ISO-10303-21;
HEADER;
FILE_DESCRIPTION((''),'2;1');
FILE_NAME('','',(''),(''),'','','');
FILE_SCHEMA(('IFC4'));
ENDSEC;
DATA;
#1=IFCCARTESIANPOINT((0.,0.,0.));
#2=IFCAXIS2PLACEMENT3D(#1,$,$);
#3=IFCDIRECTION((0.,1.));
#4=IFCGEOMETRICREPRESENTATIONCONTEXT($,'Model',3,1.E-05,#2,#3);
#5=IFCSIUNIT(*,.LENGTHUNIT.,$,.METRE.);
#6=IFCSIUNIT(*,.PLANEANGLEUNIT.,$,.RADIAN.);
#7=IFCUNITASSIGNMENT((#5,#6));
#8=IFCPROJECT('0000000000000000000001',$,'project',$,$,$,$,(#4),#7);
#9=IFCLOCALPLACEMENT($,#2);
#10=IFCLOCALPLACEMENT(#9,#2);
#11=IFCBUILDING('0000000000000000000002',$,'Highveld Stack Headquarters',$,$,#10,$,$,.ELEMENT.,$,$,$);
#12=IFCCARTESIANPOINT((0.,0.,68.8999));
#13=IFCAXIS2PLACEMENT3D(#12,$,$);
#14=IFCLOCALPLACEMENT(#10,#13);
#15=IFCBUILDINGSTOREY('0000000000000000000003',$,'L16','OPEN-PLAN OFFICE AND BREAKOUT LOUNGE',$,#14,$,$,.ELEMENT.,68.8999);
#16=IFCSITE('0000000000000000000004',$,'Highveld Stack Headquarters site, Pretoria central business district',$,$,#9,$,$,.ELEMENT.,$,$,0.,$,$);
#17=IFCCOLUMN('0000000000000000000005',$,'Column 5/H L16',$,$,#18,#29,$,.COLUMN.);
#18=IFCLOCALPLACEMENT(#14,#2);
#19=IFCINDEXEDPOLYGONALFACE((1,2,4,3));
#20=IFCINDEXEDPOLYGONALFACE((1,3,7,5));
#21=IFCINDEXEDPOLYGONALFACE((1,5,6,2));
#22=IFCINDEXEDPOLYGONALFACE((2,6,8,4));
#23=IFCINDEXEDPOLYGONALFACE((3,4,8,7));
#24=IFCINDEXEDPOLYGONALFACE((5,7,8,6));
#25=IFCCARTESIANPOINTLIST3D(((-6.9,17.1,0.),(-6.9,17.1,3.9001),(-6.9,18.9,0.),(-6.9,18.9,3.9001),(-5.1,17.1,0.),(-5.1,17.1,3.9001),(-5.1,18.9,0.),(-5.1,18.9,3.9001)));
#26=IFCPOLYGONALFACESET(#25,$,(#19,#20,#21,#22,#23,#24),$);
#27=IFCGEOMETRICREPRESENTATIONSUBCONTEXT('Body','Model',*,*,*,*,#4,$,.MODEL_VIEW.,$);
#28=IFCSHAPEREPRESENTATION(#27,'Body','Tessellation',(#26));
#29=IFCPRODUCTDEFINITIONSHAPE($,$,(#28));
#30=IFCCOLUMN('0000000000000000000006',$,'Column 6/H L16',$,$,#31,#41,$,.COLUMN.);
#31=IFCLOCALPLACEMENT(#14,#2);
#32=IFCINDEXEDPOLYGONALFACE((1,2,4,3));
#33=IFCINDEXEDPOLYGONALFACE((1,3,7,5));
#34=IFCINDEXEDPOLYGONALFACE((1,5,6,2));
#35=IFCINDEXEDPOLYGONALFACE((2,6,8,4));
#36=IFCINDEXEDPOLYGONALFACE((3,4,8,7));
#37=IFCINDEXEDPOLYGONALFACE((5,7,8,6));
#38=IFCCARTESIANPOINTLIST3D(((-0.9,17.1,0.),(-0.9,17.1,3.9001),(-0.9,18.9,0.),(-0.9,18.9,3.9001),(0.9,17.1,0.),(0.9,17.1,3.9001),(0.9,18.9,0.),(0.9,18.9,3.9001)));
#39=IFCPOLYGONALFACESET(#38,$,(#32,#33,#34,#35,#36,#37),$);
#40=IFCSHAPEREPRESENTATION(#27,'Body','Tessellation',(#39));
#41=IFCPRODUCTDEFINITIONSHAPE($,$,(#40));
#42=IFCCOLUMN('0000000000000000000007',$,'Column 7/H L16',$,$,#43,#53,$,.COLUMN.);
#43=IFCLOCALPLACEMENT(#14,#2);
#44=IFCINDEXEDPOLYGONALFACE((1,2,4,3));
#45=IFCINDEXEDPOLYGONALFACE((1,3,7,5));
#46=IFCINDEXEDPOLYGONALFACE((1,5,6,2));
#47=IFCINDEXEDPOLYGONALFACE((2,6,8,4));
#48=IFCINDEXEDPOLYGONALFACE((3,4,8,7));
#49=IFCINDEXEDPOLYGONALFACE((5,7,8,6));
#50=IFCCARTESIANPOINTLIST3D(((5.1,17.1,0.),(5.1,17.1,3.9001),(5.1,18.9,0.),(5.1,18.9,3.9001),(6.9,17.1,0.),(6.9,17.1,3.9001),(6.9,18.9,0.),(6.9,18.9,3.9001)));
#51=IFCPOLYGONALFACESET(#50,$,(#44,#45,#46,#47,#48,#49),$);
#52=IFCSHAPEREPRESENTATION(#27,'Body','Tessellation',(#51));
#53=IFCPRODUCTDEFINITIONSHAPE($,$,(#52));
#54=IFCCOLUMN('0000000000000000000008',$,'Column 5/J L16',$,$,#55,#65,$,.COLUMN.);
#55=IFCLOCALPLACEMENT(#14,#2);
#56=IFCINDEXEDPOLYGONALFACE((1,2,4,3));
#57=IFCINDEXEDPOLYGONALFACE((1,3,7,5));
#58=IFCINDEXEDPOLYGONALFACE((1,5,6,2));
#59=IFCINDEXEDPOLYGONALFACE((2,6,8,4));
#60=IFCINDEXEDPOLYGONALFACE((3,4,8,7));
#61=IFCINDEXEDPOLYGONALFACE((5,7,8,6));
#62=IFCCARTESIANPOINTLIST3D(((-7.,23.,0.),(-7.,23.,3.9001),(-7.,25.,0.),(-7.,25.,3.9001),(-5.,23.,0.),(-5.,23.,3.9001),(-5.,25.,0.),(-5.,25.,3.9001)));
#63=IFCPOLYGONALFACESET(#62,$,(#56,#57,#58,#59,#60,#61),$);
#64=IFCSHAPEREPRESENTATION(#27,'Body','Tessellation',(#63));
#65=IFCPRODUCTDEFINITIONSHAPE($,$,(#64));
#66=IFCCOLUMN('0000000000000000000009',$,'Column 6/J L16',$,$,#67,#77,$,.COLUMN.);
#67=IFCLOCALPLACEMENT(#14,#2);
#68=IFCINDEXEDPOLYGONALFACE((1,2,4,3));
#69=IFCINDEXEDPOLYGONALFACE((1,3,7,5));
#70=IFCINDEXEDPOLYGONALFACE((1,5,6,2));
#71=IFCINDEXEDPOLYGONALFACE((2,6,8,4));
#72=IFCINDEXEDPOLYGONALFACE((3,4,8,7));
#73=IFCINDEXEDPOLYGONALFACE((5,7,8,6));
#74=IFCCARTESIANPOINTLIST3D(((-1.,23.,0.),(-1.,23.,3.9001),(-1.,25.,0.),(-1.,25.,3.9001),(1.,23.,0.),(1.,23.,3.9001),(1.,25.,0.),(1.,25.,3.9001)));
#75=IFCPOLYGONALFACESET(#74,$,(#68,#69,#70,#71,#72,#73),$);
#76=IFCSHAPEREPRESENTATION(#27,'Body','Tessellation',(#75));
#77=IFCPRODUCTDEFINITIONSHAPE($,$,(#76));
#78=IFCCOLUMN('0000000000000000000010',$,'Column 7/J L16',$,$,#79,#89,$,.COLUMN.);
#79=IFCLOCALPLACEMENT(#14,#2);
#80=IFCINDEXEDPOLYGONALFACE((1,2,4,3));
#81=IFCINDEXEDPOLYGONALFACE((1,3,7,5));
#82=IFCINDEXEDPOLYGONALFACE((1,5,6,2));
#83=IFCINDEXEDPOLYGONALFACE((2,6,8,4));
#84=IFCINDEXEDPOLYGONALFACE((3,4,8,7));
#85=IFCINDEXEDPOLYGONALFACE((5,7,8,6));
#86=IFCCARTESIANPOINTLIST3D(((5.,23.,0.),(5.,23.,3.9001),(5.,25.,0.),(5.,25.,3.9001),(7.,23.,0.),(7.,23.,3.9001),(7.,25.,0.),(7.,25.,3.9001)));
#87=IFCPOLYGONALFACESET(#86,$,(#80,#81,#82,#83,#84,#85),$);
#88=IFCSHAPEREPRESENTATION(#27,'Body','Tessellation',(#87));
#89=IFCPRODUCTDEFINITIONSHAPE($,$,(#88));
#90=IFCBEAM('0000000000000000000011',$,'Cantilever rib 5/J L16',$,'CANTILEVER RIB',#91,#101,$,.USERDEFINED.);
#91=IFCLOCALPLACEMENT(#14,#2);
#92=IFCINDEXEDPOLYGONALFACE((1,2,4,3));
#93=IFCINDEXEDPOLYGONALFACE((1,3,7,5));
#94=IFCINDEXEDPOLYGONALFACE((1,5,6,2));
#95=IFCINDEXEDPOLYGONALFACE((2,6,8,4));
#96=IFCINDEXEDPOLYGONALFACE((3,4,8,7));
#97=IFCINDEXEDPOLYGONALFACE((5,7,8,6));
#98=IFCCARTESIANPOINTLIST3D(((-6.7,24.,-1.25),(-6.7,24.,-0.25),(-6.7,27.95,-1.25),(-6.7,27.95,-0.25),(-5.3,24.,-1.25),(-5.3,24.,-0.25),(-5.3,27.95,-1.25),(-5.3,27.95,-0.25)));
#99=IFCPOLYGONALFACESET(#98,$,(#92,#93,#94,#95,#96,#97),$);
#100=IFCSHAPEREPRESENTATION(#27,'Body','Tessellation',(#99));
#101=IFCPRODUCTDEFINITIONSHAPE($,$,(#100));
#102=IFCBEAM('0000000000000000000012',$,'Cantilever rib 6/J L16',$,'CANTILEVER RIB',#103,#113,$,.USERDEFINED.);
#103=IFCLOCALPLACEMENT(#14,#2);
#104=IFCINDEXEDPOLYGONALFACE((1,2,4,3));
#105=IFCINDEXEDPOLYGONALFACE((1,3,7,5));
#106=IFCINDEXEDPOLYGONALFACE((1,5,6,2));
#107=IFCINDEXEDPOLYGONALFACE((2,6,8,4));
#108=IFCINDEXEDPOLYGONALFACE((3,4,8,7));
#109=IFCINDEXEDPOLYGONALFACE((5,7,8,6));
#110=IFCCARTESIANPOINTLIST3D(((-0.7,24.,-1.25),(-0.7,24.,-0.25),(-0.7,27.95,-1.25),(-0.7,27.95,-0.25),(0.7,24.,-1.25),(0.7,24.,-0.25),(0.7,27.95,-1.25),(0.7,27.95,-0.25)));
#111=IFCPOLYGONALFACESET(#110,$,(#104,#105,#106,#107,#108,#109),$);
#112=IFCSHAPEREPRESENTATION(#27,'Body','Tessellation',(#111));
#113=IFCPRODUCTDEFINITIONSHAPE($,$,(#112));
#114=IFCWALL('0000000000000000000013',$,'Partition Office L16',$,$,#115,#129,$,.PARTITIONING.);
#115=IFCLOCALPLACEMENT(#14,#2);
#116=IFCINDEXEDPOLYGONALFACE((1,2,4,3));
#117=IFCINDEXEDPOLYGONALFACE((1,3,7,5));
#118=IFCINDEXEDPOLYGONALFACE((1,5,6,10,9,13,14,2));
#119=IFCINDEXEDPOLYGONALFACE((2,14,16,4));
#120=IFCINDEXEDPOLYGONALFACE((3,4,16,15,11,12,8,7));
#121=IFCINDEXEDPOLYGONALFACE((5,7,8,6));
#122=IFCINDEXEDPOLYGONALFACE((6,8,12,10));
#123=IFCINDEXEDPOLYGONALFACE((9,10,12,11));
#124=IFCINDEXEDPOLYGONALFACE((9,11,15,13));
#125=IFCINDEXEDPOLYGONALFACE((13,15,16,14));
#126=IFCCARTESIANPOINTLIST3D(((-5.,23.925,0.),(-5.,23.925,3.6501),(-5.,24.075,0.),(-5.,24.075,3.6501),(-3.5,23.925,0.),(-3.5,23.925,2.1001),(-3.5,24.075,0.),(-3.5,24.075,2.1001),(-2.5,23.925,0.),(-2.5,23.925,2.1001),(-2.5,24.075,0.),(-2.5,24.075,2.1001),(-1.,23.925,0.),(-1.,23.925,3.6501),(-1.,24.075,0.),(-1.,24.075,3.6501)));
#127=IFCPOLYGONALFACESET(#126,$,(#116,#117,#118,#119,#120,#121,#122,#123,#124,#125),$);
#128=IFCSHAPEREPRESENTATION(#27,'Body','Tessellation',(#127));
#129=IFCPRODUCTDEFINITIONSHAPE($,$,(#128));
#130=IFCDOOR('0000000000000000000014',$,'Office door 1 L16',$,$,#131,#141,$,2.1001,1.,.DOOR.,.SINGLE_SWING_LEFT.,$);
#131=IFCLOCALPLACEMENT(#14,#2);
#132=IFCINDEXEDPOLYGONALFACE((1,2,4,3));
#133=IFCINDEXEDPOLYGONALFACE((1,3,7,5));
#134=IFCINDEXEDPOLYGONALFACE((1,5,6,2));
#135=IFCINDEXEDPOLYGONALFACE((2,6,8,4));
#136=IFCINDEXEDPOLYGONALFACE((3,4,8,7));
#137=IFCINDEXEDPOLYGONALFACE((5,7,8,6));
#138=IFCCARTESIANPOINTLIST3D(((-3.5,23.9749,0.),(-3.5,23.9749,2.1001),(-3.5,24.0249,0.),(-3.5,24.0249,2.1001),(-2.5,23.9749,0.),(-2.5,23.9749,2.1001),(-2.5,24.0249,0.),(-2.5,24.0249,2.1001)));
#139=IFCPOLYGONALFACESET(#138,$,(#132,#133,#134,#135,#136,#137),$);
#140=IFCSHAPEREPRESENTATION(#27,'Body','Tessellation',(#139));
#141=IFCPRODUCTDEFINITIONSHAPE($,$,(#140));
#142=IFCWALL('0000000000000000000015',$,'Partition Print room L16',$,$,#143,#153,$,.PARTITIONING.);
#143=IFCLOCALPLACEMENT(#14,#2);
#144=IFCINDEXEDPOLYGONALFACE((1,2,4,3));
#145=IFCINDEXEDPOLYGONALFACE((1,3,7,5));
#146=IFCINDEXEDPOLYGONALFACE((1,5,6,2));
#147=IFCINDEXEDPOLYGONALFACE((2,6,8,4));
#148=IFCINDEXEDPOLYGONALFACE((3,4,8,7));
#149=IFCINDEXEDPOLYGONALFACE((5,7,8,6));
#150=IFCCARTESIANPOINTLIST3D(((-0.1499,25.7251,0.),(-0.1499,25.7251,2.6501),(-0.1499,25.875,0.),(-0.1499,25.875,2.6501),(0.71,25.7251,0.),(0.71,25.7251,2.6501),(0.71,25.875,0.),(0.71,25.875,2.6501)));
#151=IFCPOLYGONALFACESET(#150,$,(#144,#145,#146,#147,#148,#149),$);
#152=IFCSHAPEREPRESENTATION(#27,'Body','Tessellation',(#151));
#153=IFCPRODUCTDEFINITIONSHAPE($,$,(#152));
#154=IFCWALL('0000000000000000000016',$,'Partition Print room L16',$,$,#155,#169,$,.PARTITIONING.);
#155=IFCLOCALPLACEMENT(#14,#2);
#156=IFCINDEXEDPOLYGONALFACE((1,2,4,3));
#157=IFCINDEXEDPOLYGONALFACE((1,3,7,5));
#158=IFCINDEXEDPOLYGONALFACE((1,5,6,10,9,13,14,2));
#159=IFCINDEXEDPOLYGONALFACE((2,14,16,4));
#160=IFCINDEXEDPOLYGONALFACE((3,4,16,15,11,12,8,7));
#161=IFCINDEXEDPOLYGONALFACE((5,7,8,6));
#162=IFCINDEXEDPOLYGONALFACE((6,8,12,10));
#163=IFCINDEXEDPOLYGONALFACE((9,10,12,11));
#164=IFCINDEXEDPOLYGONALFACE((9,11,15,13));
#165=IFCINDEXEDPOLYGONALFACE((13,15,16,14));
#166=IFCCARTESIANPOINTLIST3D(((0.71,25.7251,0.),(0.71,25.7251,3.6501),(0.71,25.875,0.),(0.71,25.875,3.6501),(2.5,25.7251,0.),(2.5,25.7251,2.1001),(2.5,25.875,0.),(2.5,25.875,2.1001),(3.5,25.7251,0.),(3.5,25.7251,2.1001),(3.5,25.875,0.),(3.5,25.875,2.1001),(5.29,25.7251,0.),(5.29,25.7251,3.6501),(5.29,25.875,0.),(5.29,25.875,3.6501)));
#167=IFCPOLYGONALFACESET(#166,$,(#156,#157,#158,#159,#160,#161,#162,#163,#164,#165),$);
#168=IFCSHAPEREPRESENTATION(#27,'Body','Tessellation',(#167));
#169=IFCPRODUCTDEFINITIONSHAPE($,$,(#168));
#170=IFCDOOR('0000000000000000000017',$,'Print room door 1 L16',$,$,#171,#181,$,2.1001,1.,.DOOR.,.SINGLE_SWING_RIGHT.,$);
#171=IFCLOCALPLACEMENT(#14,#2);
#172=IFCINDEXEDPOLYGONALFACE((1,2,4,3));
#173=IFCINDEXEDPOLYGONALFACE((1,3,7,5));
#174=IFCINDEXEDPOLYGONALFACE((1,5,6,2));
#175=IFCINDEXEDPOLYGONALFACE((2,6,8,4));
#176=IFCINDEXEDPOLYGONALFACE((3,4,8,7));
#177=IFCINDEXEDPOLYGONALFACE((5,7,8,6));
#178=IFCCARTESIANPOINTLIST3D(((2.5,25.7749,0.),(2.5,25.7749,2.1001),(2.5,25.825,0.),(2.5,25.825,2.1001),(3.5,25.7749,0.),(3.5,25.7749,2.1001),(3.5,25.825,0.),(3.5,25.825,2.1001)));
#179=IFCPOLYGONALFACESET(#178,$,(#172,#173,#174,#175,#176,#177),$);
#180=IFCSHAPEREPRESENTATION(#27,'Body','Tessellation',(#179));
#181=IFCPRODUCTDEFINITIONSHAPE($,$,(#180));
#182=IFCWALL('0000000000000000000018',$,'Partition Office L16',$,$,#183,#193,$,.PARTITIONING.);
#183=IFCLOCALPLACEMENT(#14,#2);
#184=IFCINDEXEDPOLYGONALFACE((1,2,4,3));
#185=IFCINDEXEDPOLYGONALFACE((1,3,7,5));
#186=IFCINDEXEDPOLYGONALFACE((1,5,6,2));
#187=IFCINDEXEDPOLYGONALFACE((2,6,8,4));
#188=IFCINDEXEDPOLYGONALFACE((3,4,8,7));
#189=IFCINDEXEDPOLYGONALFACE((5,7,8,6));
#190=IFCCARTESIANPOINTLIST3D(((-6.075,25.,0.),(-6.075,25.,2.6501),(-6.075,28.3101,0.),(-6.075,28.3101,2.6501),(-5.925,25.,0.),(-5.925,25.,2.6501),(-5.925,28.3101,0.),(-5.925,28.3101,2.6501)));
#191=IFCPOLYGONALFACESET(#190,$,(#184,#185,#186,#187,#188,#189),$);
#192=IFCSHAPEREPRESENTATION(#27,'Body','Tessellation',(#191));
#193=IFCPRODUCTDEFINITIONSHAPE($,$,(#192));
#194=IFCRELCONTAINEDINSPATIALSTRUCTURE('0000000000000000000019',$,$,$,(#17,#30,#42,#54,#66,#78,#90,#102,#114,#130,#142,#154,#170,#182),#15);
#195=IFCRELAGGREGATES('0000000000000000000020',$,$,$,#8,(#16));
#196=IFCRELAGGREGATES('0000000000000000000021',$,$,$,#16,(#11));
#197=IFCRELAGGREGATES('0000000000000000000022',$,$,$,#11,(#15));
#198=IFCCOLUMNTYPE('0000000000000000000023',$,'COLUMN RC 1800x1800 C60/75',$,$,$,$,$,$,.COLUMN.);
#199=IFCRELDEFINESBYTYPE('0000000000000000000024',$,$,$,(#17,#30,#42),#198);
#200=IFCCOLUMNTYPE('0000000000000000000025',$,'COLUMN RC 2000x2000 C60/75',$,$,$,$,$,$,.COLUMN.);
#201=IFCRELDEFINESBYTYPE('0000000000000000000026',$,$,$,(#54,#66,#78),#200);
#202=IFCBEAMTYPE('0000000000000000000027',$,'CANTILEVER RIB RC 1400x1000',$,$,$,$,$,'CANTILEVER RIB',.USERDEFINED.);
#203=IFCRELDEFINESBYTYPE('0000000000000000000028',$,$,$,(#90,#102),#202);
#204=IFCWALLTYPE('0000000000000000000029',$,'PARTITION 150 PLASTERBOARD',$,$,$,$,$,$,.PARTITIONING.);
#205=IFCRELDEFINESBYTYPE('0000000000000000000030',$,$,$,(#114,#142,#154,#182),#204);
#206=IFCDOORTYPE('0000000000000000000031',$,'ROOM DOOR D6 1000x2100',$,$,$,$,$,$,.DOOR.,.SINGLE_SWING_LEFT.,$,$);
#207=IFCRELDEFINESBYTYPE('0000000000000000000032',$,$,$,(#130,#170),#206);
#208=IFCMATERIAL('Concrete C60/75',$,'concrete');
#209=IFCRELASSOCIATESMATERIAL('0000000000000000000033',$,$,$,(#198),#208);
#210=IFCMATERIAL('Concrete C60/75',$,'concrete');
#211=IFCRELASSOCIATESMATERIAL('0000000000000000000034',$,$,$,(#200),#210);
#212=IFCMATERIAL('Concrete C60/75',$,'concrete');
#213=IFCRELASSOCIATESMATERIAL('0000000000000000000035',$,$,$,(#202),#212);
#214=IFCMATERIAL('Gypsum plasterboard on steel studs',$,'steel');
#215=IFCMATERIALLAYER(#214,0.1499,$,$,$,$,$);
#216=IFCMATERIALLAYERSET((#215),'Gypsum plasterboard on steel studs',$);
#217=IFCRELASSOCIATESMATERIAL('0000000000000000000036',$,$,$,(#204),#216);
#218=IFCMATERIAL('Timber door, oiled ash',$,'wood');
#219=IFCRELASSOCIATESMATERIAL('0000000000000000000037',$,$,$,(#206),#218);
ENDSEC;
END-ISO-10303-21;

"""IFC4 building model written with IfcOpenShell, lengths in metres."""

from ifc_helpers import new_model, si_unit, direction, frame, frame_2d, origin, origin_2d, place, context, subcontext, project, spatial, rectangle, extrude, material, layer, layer_set, material_profile, profile_set, type_object, element, fill, save


model = new_model("IFC4")

# Units and contexts
model_context = context("Model", 3, precision=1e-05, world=origin(), true_north=direction((0.0, 1.0)))
body_context = subcontext(model_context, "Body", "Model", "MODEL_VIEW")
ifc_project = project(units=[si_unit("LENGTHUNIT", "METRE"), si_unit("PLANEANGLEUNIT", "RADIAN")], contexts=[model_context])

# Site, building, storey
site_placement = place(None, origin())
site = spatial("IfcSite", under=ifc_project, at=site_placement, Name="Highveld Stack Headquarters site, Pretoria central business district", CompositionType="ELEMENT", RefElevation=0.0)
building_placement = place(site_placement, origin())
building = spatial("IfcBuilding", under=site, at=building_placement, Name="Highveld Stack Headquarters", CompositionType="ELEMENT")
storey_placement = place(building_placement, frame((0.0, 0.0, 68.8999)))
storey = spatial("IfcBuildingStorey", under=building, at=storey_placement, Name="L16", Description="OPEN-PLAN OFFICE AND BREAKOUT LOUNGE", CompositionType="ELEMENT", Elevation=68.8999)

# Columns
ifc_material_1 = material(Name="Concrete C60/75", Category="concrete")
ifc_material_profile_1 = material_profile(ifc_material_1, rectangle(XDim=1.8, YDim=1.8, at=origin_2d()), Name="RC 1800x1800")
ifc_profile_set_1 = profile_set([ifc_material_profile_1], Name="Concrete C60/75")
column_type_1 = type_object("IfcColumnType", Name="COLUMN RC 1800x1800 C60/75", PredefinedType="COLUMN", material=ifc_profile_set_1)
for number, where, z_axis, x_axis, name in (
    (1, (-6.0, 18.0, 0.0), (0.0, 0.0, 1.0), (1.0, 0.0, 0.0), "Column 5/H L16"),
    (2, (0.0, 18.0, 0.0), (0.0, 0.0, 1.0), (1.0, 0.0, 0.0), "Column 6/H L16"),
    (3, (6.0, 18.0, 0.0), (0.0, 0.0, 1.0), (1.0, 0.0, 0.0), "Column 7/H L16"),
):
    element("IfcColumn", number, at=place(storey_placement, frame(where, z_axis=z_axis, x_axis=x_axis)), inside=storey, type_object=column_type_1, Name=name, PredefinedType="COLUMN", context=body_context, shape_type="SweptSolid", body=[
        extrude(rectangle(XDim=1.8, YDim=1.8, at=origin_2d()), origin(), (0.0, 0.0, 1.0), 3.9001),
    ])
ifc_material_2 = material(Name="Concrete C60/75", Category="concrete")
ifc_material_profile_2 = material_profile(ifc_material_2, rectangle(XDim=2.0, YDim=2.0, at=origin_2d()), Name="RC 2000x2000")
ifc_profile_set_2 = profile_set([ifc_material_profile_2], Name="Concrete C60/75")
column_type_2 = type_object("IfcColumnType", Name="COLUMN RC 2000x2000 C60/75", PredefinedType="COLUMN", material=ifc_profile_set_2)
for number, where, z_axis, x_axis, name in (
    (4, (-6.0, 24.0, 0.0), (0.0, 0.0, 1.0), (1.0, 0.0, 0.0), "Column 5/J L16"),
    (5, (0.0, 24.0, 0.0), (0.0, 0.0, 1.0), (1.0, 0.0, 0.0), "Column 6/J L16"),
    (6, (6.0, 24.0, 0.0), (0.0, 0.0, 1.0), (1.0, 0.0, 0.0), "Column 7/J L16"),
):
    element("IfcColumn", number, at=place(storey_placement, frame(where, z_axis=z_axis, x_axis=x_axis)), inside=storey, type_object=column_type_2, Name=name, PredefinedType="COLUMN", context=body_context, shape_type="SweptSolid", body=[
        extrude(rectangle(XDim=2.0, YDim=2.0, at=origin_2d()), origin(), (0.0, 0.0, 1.0), 3.9001),
    ])

# Beams
ifc_material_3 = material(Name="Concrete C60/75", Category="concrete")
ifc_material_profile_3 = material_profile(ifc_material_3, rectangle(XDim=1.3999, YDim=1.0, at=origin_2d()), Name="RC 1400x1000")
ifc_profile_set_3 = profile_set([ifc_material_profile_3], Name="Concrete C60/75")
beam_type = type_object("IfcBeamType", Name="CANTILEVER RIB RC 1400x1000", ElementType="CANTILEVER RIB", PredefinedType="USERDEFINED", material=ifc_profile_set_3)
for number, where, z_axis, x_axis, name in (
    (7, (-6.0, 24.0, -0.75), (0.0, 1.0, 0.0), (-1.0, 0.0, 0.0), "Cantilever rib 5/J L16"),
    (8, (0.0, 24.0, -0.75), (0.0, 1.0, 0.0), (-1.0, 0.0, 0.0), "Cantilever rib 6/J L16"),
):
    element("IfcBeam", number, at=place(storey_placement, frame(where, z_axis=z_axis, x_axis=x_axis)), inside=storey, type_object=beam_type, Name=name, ObjectType="CANTILEVER RIB", PredefinedType="USERDEFINED", context=body_context, shape_type="SweptSolid", body=[
        extrude(rectangle(XDim=1.3999, YDim=1.0, at=origin_2d()), origin(), (0.0, 0.0, 1.0), 3.95),
    ])

# Wall, opening, door
ifc_material_4 = material(Name="Gypsum plasterboard on steel studs", Category="steel")
ifc_layer = layer(ifc_material_4, 0.1499)
ifc_layer_set = layer_set([ifc_layer], Name="Gypsum plasterboard on steel studs")
wall_type = type_object("IfcWallType", Name="PARTITION 150 PLASTERBOARD", PredefinedType="PARTITIONING", material=ifc_layer_set)
wall_1_placement = place(storey_placement, frame((-5.0, 24.0, 0.0), z_axis=(0.0, 0.0, 1.0), x_axis=(1.0, 0.0, 0.0)))
wall_1 = element("IfcWall", 9, at=wall_1_placement, inside=storey, type_object=wall_type, Name="Partition Office L16", PredefinedType="PARTITIONING", context=body_context, shape_type="SweptSolid", body=[
    extrude(rectangle(XDim=4.0, YDim=0.1499, at=frame_2d((2.0, 0.0))), origin(), (0.0, 0.0, 1.0), 3.6501),
])
opening_1_placement = place(wall_1_placement, frame((1.5, 0.0, 0.0)))
opening_1 = element("IfcOpeningElement", 10, at=opening_1_placement, cuts=wall_1, PredefinedType="OPENING", context=body_context, shape_type="SweptSolid", body=[
    extrude(rectangle(XDim=1.0, YDim=2.1001, at=frame_2d((0.5, 1.05))), frame((0.0, 0.085, 0.0), z_axis=(0.0, -1.0, 0.0), x_axis=(1.0, 0.0, 0.0)), (0.0, 0.0, 1.0), 0.1699),
])
ifc_material_5 = material(Name="Timber door, oiled ash", Category="wood")
door_type = type_object("IfcDoorType", Name="ROOM DOOR D6 1000x2100", OperationType="SINGLE_SWING_LEFT", PredefinedType="DOOR", material=ifc_material_5)
door_1_placement = place(opening_1_placement, origin())
door_1 = element("IfcDoor", 11, at=door_1_placement, inside=storey, type_object=door_type, Name="Office door 1 L16", OperationType="SINGLE_SWING_LEFT", OverallHeight=2.1001, OverallWidth=1.0, PredefinedType="DOOR", context=body_context, shape_type="SweptSolid", body=[
    extrude(rectangle(XDim=1.0, YDim=2.1001, at=frame_2d((0.5, 1.05))), frame((0.0, 0.0249, 0.0), z_axis=(0.0, -1.0, 0.0), x_axis=(1.0, 0.0, 0.0)), (0.0, 0.0, 1.0), 0.05),
])
fill(opening_1, door_1)

# Wall
wall_2_placement = place(storey_placement, frame((-0.1499, 25.8, 0.0), z_axis=(0.0, 0.0, 1.0), x_axis=(1.0, 0.0, 0.0)))
element("IfcWall", 12, at=wall_2_placement, inside=storey, type_object=wall_type, Name="Partition Print room L16", PredefinedType="PARTITIONING", context=body_context, shape_type="SweptSolid", body=[
    extrude(rectangle(XDim=0.8599, YDim=0.1499, at=frame_2d((0.4299, 0.0))), origin(), (0.0, 0.0, 1.0), 2.6501),
])

# Wall, opening, door
wall_3_placement = place(storey_placement, frame((0.71, 25.8, 0.0), z_axis=(0.0, 0.0, 1.0), x_axis=(1.0, 0.0, 0.0)))
wall_3 = element("IfcWall", 13, at=wall_3_placement, inside=storey, type_object=wall_type, Name="Partition Print room L16", PredefinedType="PARTITIONING", context=body_context, shape_type="SweptSolid", body=[
    extrude(rectangle(XDim=4.5801, YDim=0.1499, at=frame_2d((2.29, 0.0))), origin(), (0.0, 0.0, 1.0), 3.6501),
])
opening_2_placement = place(wall_3_placement, frame((1.79, 0.0, 0.0)))
opening_2 = element("IfcOpeningElement", 14, at=opening_2_placement, cuts=wall_3, PredefinedType="OPENING", context=body_context, shape_type="SweptSolid", body=[
    extrude(rectangle(XDim=1.0, YDim=2.1001, at=frame_2d((0.5, 1.05))), frame((0.0, 0.085, 0.0), z_axis=(0.0, -1.0, 0.0), x_axis=(1.0, 0.0, 0.0)), (0.0, 0.0, 1.0), 0.1699),
])
door_2_placement = place(opening_2_placement, origin())
door_2 = element("IfcDoor", 15, at=door_2_placement, inside=storey, type_object=door_type, Name="Print room door 1 L16", OperationType="SINGLE_SWING_RIGHT", OverallHeight=2.1001, OverallWidth=1.0, PredefinedType="DOOR", context=body_context, shape_type="SweptSolid", body=[
    extrude(rectangle(XDim=1.0, YDim=2.1001, at=frame_2d((0.5, 1.05))), frame((0.0, 0.0249, 0.0), z_axis=(0.0, -1.0, 0.0), x_axis=(1.0, 0.0, 0.0)), (0.0, 0.0, 1.0), 0.05),
])
fill(opening_2, door_2)

# Wall
wall_4_placement = place(storey_placement, frame((-6.0, 25.0, 0.0), z_axis=(0.0, 0.0, 1.0), x_axis=(0.0, 1.0, 0.0)))
element("IfcWall", 16, at=wall_4_placement, inside=storey, type_object=wall_type, Name="Partition Office L16", PredefinedType="PARTITIONING", context=body_context, shape_type="SweptSolid", body=[
    extrude(rectangle(XDim=3.3101, YDim=0.1499, at=frame_2d((1.655, 0.0))), origin(), (0.0, 0.0, 1.0), 2.6501),
])

save(model, "model.ifc")
